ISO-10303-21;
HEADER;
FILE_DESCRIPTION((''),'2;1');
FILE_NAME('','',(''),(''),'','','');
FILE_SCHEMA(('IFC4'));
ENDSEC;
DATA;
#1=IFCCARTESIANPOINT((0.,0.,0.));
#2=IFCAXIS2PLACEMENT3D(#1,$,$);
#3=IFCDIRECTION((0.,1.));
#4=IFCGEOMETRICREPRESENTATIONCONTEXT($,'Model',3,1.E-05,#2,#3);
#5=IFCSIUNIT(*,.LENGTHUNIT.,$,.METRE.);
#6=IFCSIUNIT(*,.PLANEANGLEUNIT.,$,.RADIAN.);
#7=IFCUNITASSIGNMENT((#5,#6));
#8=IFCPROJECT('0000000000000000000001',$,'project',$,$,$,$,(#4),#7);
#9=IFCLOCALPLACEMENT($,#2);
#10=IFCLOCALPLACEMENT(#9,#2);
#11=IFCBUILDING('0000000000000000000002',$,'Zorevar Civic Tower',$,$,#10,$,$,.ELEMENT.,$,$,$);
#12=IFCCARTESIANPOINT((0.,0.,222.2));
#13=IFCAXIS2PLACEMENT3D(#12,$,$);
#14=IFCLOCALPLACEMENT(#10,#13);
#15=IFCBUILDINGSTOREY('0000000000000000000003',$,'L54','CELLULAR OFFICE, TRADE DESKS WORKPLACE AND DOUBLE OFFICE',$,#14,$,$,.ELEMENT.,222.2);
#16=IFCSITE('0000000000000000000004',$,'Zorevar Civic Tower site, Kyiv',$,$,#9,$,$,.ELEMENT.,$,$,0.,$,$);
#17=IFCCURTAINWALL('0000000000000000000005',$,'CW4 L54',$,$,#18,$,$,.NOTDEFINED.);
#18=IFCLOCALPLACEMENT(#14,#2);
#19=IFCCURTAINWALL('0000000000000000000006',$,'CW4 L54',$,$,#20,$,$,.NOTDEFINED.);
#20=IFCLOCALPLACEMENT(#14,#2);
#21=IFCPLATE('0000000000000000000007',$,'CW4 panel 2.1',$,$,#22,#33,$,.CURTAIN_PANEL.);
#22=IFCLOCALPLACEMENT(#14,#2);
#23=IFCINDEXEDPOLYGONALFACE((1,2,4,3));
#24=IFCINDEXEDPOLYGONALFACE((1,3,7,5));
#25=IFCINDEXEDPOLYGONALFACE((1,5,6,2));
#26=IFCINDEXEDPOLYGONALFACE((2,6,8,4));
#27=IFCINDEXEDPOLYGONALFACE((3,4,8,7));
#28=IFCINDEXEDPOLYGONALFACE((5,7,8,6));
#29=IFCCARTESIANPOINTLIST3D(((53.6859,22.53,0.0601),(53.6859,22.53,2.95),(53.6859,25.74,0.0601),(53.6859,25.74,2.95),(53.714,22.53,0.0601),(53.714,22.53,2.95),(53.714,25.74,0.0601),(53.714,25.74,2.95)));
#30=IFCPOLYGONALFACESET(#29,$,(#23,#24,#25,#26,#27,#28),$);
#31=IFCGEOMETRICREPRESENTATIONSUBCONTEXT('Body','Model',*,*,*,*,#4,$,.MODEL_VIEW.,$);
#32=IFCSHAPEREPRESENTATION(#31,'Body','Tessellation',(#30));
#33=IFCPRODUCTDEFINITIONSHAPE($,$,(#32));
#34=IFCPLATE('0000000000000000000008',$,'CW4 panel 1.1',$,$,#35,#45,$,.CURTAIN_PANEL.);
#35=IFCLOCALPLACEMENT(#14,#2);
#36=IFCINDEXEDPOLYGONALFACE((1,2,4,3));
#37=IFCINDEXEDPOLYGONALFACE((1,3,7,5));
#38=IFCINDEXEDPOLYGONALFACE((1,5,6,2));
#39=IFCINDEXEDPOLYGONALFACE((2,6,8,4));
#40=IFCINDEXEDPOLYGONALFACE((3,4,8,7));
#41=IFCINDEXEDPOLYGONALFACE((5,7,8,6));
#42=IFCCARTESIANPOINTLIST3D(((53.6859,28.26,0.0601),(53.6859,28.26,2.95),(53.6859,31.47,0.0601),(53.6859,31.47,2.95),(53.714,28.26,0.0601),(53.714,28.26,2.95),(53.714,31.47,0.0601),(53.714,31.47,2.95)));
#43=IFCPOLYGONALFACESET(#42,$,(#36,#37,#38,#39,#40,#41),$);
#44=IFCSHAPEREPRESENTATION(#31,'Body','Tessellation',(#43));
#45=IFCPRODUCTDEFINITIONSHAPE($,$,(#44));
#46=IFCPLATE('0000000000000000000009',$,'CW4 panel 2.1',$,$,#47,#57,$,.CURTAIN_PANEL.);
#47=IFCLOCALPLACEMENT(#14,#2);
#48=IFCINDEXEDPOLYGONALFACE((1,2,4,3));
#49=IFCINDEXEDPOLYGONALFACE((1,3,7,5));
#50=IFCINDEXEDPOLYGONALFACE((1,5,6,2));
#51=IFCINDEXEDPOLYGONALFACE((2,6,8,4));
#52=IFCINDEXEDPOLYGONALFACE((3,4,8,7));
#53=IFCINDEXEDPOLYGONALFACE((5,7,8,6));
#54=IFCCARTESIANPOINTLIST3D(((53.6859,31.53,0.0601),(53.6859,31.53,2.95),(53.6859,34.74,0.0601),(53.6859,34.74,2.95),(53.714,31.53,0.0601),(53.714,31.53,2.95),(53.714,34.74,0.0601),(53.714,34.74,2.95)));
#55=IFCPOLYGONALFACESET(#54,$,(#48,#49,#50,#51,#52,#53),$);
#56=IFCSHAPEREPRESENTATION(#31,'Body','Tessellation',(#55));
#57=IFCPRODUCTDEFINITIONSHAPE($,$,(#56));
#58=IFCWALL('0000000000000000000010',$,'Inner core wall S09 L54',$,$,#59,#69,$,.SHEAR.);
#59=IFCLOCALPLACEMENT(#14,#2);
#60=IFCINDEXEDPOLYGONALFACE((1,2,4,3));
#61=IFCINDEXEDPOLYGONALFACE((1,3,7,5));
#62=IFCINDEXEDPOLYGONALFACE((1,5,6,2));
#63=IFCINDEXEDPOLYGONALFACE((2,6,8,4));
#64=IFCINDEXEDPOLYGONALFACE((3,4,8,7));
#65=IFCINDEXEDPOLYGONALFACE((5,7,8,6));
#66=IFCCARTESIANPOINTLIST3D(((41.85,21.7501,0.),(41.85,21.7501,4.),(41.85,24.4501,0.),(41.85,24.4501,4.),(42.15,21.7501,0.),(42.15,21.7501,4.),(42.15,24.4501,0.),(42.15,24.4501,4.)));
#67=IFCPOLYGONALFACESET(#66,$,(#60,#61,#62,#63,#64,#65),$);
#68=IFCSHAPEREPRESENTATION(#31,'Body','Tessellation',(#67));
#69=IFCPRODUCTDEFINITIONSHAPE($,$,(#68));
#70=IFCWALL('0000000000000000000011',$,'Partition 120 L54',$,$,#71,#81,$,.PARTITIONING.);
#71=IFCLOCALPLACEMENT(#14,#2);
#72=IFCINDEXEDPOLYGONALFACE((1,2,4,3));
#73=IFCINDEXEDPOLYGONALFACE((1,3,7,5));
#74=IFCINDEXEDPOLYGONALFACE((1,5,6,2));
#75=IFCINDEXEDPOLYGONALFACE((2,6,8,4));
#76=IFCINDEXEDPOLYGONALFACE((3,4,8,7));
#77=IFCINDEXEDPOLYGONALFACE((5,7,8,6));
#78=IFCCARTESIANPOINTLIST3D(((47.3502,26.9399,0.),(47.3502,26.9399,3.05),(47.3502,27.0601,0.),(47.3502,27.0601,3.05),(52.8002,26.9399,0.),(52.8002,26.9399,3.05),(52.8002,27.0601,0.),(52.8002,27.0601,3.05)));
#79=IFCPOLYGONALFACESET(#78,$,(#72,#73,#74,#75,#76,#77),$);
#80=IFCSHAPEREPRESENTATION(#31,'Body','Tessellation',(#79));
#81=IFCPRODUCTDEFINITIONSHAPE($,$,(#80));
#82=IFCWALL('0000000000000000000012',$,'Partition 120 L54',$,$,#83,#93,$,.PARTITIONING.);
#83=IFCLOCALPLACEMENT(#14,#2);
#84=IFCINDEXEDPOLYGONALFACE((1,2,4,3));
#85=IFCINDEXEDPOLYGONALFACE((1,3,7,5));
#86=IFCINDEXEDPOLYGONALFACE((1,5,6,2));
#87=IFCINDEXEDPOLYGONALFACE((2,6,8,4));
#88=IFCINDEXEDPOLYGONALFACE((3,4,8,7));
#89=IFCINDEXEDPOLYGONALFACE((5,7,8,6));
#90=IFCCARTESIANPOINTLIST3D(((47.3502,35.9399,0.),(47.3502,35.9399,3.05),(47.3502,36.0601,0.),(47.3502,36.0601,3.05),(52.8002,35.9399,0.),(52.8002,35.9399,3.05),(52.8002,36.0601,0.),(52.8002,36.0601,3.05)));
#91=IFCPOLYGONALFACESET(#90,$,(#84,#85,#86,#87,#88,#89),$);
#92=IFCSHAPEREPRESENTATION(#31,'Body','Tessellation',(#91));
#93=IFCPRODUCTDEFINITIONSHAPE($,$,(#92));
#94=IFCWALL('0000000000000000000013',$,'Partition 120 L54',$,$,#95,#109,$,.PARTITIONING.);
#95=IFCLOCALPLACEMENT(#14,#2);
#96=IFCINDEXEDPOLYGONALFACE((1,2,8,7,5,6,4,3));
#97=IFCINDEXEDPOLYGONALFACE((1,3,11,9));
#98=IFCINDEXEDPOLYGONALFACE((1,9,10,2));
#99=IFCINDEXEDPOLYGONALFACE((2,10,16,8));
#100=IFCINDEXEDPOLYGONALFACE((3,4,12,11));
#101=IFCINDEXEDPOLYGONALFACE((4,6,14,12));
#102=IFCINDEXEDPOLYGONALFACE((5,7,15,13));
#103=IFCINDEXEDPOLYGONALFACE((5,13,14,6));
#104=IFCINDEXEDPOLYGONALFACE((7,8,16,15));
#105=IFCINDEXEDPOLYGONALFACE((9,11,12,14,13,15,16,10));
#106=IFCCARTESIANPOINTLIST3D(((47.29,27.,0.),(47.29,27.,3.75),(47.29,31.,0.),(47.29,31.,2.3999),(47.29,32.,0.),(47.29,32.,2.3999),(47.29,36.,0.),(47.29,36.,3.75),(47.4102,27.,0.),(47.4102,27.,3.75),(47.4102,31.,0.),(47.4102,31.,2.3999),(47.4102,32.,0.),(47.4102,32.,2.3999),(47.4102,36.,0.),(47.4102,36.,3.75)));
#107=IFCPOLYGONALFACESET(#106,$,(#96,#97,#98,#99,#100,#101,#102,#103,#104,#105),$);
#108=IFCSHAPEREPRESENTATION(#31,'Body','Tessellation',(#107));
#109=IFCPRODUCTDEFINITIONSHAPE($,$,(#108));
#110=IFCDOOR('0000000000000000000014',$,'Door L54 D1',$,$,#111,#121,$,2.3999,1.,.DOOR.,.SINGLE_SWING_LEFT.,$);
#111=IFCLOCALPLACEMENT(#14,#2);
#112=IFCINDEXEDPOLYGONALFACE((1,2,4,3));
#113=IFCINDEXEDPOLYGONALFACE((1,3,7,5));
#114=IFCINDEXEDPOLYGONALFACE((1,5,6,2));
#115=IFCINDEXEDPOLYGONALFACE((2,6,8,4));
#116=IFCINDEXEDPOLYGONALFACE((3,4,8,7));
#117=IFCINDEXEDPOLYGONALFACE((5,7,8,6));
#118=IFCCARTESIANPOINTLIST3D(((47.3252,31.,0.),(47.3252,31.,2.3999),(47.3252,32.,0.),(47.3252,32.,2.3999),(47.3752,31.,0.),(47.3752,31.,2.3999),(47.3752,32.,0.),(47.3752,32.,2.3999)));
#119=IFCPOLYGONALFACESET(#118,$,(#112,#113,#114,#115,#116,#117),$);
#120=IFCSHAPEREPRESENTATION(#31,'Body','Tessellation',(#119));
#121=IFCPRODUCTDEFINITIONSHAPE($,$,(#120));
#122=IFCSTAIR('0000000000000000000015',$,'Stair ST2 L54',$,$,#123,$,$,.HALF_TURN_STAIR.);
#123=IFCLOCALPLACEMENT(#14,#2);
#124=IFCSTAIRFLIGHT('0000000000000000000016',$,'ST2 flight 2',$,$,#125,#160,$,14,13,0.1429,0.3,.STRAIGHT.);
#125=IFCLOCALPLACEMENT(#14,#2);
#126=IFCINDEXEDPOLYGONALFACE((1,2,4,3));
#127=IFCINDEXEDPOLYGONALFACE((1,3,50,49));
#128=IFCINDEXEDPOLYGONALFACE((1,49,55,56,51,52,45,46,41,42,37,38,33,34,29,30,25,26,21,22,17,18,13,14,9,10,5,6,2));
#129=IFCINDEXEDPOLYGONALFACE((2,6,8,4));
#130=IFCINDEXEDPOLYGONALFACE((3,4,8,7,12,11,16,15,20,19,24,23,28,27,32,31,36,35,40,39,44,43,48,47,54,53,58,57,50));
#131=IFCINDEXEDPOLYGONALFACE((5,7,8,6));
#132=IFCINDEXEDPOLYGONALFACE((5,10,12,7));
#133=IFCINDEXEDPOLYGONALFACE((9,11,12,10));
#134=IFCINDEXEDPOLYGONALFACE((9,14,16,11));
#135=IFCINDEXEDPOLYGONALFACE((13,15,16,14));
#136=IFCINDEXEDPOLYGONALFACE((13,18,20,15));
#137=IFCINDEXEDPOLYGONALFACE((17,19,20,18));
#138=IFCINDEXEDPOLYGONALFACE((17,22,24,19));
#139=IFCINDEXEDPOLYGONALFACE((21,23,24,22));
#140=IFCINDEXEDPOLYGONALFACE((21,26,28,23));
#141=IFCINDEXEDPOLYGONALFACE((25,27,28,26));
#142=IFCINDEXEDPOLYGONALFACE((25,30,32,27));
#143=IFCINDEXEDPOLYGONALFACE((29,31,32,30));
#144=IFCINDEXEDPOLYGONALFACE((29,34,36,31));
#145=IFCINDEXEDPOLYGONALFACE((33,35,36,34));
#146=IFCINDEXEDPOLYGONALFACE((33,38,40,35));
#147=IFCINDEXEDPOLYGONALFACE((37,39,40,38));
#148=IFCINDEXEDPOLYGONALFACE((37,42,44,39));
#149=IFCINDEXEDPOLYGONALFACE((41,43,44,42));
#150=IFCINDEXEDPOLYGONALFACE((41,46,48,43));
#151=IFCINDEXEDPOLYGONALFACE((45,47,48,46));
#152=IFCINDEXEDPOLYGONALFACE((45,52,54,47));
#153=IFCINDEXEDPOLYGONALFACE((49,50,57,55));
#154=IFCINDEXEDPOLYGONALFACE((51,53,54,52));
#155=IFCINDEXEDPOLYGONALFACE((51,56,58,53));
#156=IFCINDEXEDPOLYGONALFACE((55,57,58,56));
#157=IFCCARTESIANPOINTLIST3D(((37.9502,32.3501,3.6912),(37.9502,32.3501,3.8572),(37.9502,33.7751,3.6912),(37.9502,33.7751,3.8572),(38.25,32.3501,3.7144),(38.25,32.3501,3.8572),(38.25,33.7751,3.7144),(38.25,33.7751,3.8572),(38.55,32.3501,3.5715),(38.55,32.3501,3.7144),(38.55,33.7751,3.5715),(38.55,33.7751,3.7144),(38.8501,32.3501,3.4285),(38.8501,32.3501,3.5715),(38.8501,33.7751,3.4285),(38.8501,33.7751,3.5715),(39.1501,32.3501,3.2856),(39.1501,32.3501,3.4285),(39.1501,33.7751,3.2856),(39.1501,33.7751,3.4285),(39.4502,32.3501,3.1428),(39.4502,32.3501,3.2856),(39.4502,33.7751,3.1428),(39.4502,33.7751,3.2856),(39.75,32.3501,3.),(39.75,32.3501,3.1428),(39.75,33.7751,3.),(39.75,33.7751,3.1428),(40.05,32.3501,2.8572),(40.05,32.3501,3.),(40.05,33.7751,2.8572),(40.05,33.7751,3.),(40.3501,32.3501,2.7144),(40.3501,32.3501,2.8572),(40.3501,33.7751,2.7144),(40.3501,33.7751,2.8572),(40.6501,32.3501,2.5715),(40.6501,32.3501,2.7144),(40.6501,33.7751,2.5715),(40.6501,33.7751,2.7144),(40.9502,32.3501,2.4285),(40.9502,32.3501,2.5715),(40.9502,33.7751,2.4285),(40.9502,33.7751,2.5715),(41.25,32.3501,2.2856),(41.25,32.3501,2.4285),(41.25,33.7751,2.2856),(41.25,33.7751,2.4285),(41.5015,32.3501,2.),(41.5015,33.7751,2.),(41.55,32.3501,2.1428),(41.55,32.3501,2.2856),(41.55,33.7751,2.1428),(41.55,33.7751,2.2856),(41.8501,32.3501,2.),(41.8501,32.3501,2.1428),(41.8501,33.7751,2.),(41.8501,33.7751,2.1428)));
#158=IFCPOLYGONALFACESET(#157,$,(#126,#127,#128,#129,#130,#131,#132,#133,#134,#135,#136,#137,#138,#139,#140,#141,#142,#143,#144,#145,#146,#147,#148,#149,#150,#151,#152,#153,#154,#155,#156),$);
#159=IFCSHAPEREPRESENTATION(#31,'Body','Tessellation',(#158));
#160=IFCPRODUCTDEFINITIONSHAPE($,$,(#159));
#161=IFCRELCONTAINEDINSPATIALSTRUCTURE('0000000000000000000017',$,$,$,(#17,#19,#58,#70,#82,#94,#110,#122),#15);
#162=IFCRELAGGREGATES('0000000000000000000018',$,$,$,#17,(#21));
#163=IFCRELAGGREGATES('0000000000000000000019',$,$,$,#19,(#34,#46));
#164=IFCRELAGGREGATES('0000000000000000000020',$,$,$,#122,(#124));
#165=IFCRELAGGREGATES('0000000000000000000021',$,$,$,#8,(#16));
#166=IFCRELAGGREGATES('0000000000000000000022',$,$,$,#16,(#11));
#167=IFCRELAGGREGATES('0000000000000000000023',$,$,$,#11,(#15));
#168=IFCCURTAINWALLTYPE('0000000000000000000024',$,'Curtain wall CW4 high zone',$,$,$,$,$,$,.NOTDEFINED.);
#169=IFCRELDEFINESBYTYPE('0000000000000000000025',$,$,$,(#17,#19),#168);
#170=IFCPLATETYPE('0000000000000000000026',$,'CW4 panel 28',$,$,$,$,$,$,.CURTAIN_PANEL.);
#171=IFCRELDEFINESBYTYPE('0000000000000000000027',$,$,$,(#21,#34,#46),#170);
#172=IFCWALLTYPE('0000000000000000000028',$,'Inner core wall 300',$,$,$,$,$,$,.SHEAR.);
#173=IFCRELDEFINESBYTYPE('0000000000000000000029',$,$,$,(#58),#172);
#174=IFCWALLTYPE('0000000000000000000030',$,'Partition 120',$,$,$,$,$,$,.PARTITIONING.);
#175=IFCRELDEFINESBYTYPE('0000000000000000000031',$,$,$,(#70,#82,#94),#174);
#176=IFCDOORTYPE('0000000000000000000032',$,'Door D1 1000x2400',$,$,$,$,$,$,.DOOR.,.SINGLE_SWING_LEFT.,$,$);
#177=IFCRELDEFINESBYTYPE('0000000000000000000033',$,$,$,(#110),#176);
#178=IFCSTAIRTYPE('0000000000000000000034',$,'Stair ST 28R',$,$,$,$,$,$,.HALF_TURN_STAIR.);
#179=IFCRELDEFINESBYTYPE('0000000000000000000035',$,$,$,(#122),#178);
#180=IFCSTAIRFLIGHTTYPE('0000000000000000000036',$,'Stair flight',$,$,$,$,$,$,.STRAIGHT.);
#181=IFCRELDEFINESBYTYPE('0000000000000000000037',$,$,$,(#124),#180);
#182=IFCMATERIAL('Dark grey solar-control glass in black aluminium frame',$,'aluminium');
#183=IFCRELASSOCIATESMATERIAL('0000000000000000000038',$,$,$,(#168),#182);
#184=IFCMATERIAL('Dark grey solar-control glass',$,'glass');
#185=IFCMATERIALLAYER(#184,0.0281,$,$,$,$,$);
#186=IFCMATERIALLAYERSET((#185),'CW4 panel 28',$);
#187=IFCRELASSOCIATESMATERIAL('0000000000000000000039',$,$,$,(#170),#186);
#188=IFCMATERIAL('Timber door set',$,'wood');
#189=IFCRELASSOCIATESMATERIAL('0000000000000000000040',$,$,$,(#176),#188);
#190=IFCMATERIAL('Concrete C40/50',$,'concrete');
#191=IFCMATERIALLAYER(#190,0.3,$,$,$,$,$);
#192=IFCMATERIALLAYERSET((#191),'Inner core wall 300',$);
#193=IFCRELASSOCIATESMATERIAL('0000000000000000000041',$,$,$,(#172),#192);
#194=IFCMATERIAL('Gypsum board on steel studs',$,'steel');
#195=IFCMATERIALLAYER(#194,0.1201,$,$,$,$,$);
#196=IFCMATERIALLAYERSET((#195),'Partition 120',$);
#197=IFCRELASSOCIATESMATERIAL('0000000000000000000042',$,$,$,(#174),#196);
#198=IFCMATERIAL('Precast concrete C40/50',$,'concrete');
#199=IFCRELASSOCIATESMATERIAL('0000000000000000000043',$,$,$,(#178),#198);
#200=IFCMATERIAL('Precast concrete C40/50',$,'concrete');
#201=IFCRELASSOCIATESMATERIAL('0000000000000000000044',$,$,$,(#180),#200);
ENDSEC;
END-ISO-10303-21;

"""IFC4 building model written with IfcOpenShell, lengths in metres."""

from ifc_helpers import new_model, si_unit, direction, frame, frame_2d, origin, origin_2d, place, context, subcontext, project, spatial, polyline, rectangle, outline, extrude, material, layer, layer_set, type_object, element, fill, aggregate, save


model = new_model("IFC4")

# Units and contexts
model_context = context("Model", 3, precision=1e-05, world=origin(), true_north=direction((0.0, 1.0)))
body_context = subcontext(model_context, "Body", "Model", "MODEL_VIEW")
ifc_project = project(units=[si_unit("LENGTHUNIT", "METRE"), si_unit("PLANEANGLEUNIT", "RADIAN")], contexts=[model_context])

# Site, building, storey
site_placement = place(None, origin())
site = spatial("IfcSite", under=ifc_project, at=site_placement, Name="Zorevar Civic Tower site, Kyiv", CompositionType="ELEMENT", RefElevation=0.0)
building_placement = place(site_placement, origin())
building = spatial("IfcBuilding", under=site, at=building_placement, Name="Zorevar Civic Tower", CompositionType="ELEMENT")
storey_placement = place(building_placement, frame((0.0, 0.0, 222.2)))
storey = spatial("IfcBuildingStorey", under=building, at=storey_placement, Name="L54", Description="CELLULAR OFFICE, TRADE DESKS WORKPLACE AND DOUBLE OFFICE", CompositionType="ELEMENT", Elevation=222.2)

# Curtain walls
ifc_material_1 = material(Name="Dark grey solar-control glass in black aluminium frame", Category="aluminium")
curtain_wall_type = type_object("IfcCurtainWallType", Name="Curtain wall CW4 high zone", PredefinedType="NOTDEFINED", material=ifc_material_1)
curtain_wall_1_placement = place(storey_placement, origin())
curtain_wall_1 = element("IfcCurtainWall", 1, at=curtain_wall_1_placement, inside=storey, type_object=curtain_wall_type, Name="CW4 L54", PredefinedType="NOTDEFINED")
curtain_wall_2_placement = place(storey_placement, origin())
curtain_wall_2 = element("IfcCurtainWall", 2, at=curtain_wall_2_placement, inside=storey, type_object=curtain_wall_type, Name="CW4 L54", PredefinedType="NOTDEFINED")

# Plates
ifc_material_2 = material(Name="Dark grey solar-control glass", Category="glass")
ifc_layer_1 = layer(ifc_material_2, 0.0281)
ifc_layer_set_1 = layer_set([ifc_layer_1], Name="CW4 panel 28")
plate_type = type_object("IfcPlateType", Name="CW4 panel 28", PredefinedType="CURTAIN_PANEL", material=ifc_layer_set_1)
plate_1_placement = place(storey_placement, frame((53.7, 24.135, 0.0601), z_axis=(0.0, 0.0, 1.0), x_axis=(0.0, 1.0, 0.0)))
plate_1 = element("IfcPlate", 3, at=plate_1_placement, type_object=plate_type, Name="CW4 panel 2.1", PredefinedType="CURTAIN_PANEL", context=body_context, shape_type="SweptSolid", body=[
    extrude(rectangle(XDim=3.21, YDim=0.0281, at=origin_2d()), origin(), (0.0, 0.0, 1.0), 2.8899),
])
aggregate(curtain_wall_1, [plate_1])
plate_2_placement = place(storey_placement, frame((53.7, 29.865, 0.0601), z_axis=(0.0, 0.0, 1.0), x_axis=(0.0, 1.0, 0.0)))
plate_2 = element("IfcPlate", 4, at=plate_2_placement, type_object=plate_type, Name="CW4 panel 1.1", PredefinedType="CURTAIN_PANEL", context=body_context, shape_type="SweptSolid", body=[
    extrude(rectangle(XDim=3.21, YDim=0.0281, at=origin_2d()), origin(), (0.0, 0.0, 1.0), 2.8899),
])
plate_3_placement = place(storey_placement, frame((53.7, 33.135, 0.0601), z_axis=(0.0, 0.0, 1.0), x_axis=(0.0, 1.0, 0.0)))
plate_3 = element("IfcPlate", 5, at=plate_3_placement, type_object=plate_type, Name="CW4 panel 2.1", PredefinedType="CURTAIN_PANEL", context=body_context, shape_type="SweptSolid", body=[
    extrude(rectangle(XDim=3.21, YDim=0.0281, at=origin_2d()), origin(), (0.0, 0.0, 1.0), 2.8899),
])
aggregate(curtain_wall_2, [plate_2, plate_3])

# Shared definitions
ifc_material_3 = material(Name="Timber door set", Category="wood")
door_type_1 = type_object("IfcDoorType", Name="Door D1 1000x2400", OperationType="SINGLE_SWING_LEFT", PredefinedType="DOOR", material=ifc_material_3)

# Shared definitions
ifc_material_4 = material(Name="Concrete C40/50", Category="concrete")
ifc_layer_2 = layer(ifc_material_4, 0.3)
ifc_layer_set_2 = layer_set([ifc_layer_2], Name="Inner core wall 300")
wall_type_1 = type_object("IfcWallType", Name="Inner core wall 300", PredefinedType="SHEAR", material=ifc_layer_set_2)

# Walls
wall_1_placement = place(storey_placement, frame((42.0, 21.75, 0.0), z_axis=(0.0, 0.0, 1.0), x_axis=(0.0, 1.0, 0.0)))
element("IfcWall", 6, at=wall_1_placement, inside=storey, type_object=wall_type_1, Name="Inner core wall S09 L54", PredefinedType="SHEAR", context=body_context, shape_type="SweptSolid", body=[
    extrude(rectangle(XDim=2.7, YDim=0.3, at=frame_2d((1.3501, 0.0))), origin(), (0.0, 0.0, 1.0), 4.0),
])
ifc_material_5 = material(Name="Gypsum board on steel studs", Category="steel")
ifc_layer_3 = layer(ifc_material_5, 0.1201)
ifc_layer_set_3 = layer_set([ifc_layer_3], Name="Partition 120")
wall_type_2 = type_object("IfcWallType", Name="Partition 120", PredefinedType="PARTITIONING", material=ifc_layer_set_3)
for number, where, z_axis, x_axis, name in (
    (7, (47.3501, 27.0, 0.0), (0.0, 0.0, 1.0), (1.0, 0.0, 0.0), "Partition 120 L54"),
    (8, (47.3501, 36.0, 0.0), (0.0, 0.0, 1.0), (1.0, 0.0, 0.0), "Partition 120 L54"),
):
    element("IfcWall", number, at=place(storey_placement, frame(where, z_axis=z_axis, x_axis=x_axis)), inside=storey, type_object=wall_type_2, Name=name, PredefinedType="PARTITIONING", context=body_context, shape_type="SweptSolid", body=[
        extrude(rectangle(XDim=5.45, YDim=0.1201, at=frame_2d((2.7251, 0.0))), origin(), (0.0, 0.0, 1.0), 3.05),
    ])

# Wall, opening, door
wall_2_placement = place(storey_placement, frame((47.3501, 27.0, 0.0), z_axis=(0.0, 0.0, 1.0), x_axis=(0.0, 1.0, 0.0)))
wall_2 = element("IfcWall", 9, at=wall_2_placement, inside=storey, type_object=wall_type_2, Name="Partition 120 L54", PredefinedType="PARTITIONING", context=body_context, shape_type="SweptSolid", body=[
    extrude(rectangle(XDim=9.0, YDim=0.1201, at=frame_2d((4.5, 0.0))), origin(), (0.0, 0.0, 1.0), 3.75),
])
opening_1_placement = place(wall_2_placement, frame((4.0, 0.0, 0.0)))
opening_1 = element("IfcOpeningElement", 10, at=opening_1_placement, cuts=wall_2, PredefinedType="OPENING", context=body_context, shape_type="SweptSolid", body=[
    extrude(rectangle(XDim=1.0, YDim=2.3999, at=frame_2d((0.5, 1.2))), frame((0.0, 0.0701, 0.0), z_axis=(0.0, -1.0, 0.0), x_axis=(1.0, 0.0, 0.0)), (0.0, 0.0, 1.0), 0.1401),
])
door_1_placement = place(opening_1_placement, origin())
door_1 = element("IfcDoor", 11, at=door_1_placement, inside=storey, type_object=door_type_1, Name="Door L54 D1", OperationType="SINGLE_SWING_LEFT", OverallHeight=2.3999, OverallWidth=1.0, PredefinedType="DOOR", context=body_context, shape_type="SweptSolid", body=[
    extrude(rectangle(XDim=1.0, YDim=2.3999, at=frame_2d((0.5, 1.2))), frame((0.0, 0.0249, 0.0), z_axis=(0.0, -1.0, 0.0), x_axis=(1.0, 0.0, 0.0)), (0.0, 0.0, 1.0), 0.05),
])
fill(opening_1, door_1)

# Stair, stair flight
ifc_material_6 = material(Name="Precast concrete C40/50", Category="concrete")
stair_type = type_object("IfcStairType", Name="Stair ST 28R", PredefinedType="HALF_TURN_STAIR", material=ifc_material_6)
stair_placement = place(storey_placement, origin())
stair = element("IfcStair", 12, at=stair_placement, inside=storey, type_object=stair_type, Name="Stair ST2 L54", PredefinedType="HALF_TURN_STAIR")
ifc_material_7 = material(Name="Precast concrete C40/50", Category="concrete")
stair_flight_type = type_object("IfcStairFlightType", Name="Stair flight", PredefinedType="STRAIGHT", material=ifc_material_7)
stair_flight_placement = place(storey_placement, frame((41.8501, 33.0625, 2.0), z_axis=(0.0, 0.0, 1.0), x_axis=(-1.0, 0.0, 0.0)))
stair_flight = element("IfcStairFlight", 13, at=stair_flight_placement, type_object=stair_flight_type, Name="ST2 flight 2", NumberOfRisers=14, NumberOfTreads=13, PredefinedType="STRAIGHT", RiserHeight=0.1429, TreadLength=0.3, context=body_context, shape_type="SweptSolid", body=[
    extrude(outline(polyline([(0.0, 0.0), (0.0, 0.1428), (0.3, 0.1428), (0.3, 0.2856), (0.6001, 0.2856), (0.6001, 0.4285), (0.8999, 0.4285), (0.8999, 0.5715), (1.2, 0.5715), (1.2, 0.7144), (1.5, 0.7144), (1.5, 0.8572), (1.8, 0.8572), (1.8, 1.0), (2.1001, 1.0), (2.1001, 1.1428), (2.3999, 1.1428), (2.3999, 1.2856), (2.7, 1.2856), (2.7, 1.4285), (3.0, 1.4285), (3.0, 1.5715), (3.3, 1.5715), (3.3, 1.7144), (3.6001, 1.7144), (3.6001, 1.8572), (3.8999, 1.8572), (3.8999, 2.0), (3.8999, 1.6912), (0.3486, 0.0), (0.0, 0.0)])), frame((0.0, 0.7124, 0.0), z_axis=(0.0, -1.0, 0.0), x_axis=(1.0, 0.0, 0.0)), (0.0, 0.0, 1.0), 1.425),
])
aggregate(stair, [stair_flight])

save(model, "model.ifc")
